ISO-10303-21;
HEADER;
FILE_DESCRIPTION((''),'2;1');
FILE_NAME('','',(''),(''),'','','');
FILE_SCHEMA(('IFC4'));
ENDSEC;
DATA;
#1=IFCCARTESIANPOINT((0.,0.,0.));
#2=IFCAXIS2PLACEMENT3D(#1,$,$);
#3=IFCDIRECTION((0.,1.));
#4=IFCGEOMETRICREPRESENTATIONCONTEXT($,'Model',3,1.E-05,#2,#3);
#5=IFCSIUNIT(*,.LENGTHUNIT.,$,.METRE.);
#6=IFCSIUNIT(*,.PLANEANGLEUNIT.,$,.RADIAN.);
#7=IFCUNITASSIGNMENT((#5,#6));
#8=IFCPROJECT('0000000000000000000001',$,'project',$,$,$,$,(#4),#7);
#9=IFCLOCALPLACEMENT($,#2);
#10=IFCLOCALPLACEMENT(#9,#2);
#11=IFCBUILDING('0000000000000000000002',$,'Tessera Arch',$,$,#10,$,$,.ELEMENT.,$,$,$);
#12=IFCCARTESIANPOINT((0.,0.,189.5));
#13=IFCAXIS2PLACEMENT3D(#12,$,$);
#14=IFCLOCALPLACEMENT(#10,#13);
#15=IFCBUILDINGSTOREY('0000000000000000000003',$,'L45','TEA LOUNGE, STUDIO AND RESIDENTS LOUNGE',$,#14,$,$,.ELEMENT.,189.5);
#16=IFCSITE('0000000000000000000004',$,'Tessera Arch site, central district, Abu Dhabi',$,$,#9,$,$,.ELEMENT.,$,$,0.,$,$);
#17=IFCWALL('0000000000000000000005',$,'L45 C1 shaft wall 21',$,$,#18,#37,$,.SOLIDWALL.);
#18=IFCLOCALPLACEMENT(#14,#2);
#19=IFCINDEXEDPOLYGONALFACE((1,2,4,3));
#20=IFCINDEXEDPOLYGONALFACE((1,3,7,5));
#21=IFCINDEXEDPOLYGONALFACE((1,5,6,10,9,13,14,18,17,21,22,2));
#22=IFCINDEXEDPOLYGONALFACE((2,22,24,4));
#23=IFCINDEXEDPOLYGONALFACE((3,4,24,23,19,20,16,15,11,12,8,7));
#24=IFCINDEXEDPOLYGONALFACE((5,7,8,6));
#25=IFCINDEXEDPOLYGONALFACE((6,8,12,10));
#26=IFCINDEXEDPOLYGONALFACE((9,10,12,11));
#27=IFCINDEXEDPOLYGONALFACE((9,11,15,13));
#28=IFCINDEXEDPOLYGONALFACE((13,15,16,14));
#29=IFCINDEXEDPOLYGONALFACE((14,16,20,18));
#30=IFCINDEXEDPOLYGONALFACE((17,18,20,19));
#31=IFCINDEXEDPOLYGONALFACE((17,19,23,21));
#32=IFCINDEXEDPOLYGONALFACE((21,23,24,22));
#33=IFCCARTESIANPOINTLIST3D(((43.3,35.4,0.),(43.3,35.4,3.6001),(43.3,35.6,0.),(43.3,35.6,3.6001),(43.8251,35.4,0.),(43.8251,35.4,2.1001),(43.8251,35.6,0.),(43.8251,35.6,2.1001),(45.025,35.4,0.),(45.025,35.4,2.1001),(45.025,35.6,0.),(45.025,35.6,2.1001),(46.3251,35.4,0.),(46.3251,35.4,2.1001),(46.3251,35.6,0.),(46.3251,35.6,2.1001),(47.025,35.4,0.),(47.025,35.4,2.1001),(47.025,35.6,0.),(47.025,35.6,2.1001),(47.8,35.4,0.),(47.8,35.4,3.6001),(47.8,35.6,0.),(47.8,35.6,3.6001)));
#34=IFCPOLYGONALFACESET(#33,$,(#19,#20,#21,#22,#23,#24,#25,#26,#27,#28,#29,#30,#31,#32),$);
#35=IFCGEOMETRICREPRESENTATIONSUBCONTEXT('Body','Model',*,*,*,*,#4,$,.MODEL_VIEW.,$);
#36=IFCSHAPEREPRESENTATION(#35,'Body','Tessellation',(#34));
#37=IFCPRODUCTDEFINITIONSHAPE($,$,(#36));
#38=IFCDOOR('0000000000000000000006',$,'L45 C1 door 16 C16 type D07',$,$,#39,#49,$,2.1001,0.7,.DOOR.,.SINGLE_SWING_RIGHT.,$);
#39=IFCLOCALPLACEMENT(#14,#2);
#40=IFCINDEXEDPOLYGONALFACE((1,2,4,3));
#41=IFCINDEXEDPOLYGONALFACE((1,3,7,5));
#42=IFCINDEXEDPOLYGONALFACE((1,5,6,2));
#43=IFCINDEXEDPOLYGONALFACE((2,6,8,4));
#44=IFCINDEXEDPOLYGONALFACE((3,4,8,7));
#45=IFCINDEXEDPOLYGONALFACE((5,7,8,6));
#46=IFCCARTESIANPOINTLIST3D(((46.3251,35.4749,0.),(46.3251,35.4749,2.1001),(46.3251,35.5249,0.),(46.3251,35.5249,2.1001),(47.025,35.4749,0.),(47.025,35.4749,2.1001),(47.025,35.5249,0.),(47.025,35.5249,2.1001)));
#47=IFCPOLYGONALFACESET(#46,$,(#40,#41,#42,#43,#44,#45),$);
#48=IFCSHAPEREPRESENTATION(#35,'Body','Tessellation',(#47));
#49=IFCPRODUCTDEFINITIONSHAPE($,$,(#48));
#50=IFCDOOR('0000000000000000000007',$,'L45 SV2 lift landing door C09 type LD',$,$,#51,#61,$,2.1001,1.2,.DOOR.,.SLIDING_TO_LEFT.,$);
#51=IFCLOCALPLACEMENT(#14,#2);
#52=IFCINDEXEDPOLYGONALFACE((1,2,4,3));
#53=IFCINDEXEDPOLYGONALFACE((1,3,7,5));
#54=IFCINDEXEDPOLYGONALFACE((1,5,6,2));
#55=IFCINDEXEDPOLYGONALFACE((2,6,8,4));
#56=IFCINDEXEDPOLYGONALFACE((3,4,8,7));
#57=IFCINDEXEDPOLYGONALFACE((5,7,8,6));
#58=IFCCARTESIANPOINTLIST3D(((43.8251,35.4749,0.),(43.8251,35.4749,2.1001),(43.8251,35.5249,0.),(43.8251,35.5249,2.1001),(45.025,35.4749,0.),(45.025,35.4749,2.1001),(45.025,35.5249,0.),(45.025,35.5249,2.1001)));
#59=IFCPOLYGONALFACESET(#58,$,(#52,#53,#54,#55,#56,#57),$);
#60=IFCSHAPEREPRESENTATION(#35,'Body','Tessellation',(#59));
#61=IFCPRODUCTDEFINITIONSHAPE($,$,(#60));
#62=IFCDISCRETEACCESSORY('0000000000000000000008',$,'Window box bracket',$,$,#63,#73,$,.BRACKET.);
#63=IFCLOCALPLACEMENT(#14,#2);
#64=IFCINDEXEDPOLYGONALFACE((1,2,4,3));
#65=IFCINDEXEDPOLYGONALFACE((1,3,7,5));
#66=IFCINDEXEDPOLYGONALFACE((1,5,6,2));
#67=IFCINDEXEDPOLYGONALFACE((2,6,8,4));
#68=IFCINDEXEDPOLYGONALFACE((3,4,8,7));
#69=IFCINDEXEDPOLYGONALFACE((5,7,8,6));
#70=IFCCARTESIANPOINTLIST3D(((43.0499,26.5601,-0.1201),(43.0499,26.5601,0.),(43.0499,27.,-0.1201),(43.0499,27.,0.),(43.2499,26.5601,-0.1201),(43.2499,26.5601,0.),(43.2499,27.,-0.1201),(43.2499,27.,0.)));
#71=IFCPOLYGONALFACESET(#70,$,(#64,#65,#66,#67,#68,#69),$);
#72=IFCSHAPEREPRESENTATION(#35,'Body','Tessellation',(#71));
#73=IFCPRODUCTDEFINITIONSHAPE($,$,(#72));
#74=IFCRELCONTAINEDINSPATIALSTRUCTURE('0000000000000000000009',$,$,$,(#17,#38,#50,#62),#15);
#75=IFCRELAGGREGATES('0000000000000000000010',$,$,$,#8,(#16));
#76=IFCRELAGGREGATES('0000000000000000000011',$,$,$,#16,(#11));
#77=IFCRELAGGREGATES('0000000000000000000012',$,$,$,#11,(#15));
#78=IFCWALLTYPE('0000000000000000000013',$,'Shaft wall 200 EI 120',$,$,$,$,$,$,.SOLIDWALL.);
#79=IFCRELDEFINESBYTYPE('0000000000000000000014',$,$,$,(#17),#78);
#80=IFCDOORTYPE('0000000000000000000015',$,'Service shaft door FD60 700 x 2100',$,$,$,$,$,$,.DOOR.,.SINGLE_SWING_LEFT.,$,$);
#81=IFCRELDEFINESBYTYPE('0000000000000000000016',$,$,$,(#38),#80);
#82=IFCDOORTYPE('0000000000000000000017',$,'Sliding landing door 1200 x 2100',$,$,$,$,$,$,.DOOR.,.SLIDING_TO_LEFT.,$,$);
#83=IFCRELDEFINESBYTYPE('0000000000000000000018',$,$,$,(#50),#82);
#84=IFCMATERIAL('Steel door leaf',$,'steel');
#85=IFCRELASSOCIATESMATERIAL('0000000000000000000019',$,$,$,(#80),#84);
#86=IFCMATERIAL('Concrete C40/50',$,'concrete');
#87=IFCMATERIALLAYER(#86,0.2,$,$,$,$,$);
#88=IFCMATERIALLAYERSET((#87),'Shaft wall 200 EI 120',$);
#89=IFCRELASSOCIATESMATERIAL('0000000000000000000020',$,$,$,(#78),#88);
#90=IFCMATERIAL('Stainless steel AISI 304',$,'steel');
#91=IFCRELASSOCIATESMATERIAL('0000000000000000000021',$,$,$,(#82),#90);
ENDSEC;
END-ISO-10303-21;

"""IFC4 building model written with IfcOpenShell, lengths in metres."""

from ifc_helpers import new_model, si_unit, direction, frame, frame_2d, origin, origin_2d, place, context, subcontext, project, spatial, rectangle, extrude, material, layer, layer_set, type_object, element, fill, save


model = new_model("IFC4")

# Units and contexts
model_context = context("Model", 3, precision=1e-05, world=origin(), true_north=direction((0.0, 1.0)))
body_context = subcontext(model_context, "Body", "Model", "MODEL_VIEW")
ifc_project = project(units=[si_unit("LENGTHUNIT", "METRE"), si_unit("PLANEANGLEUNIT", "RADIAN")], contexts=[model_context])

# Site, building, storey
site_placement = place(None, origin())
site = spatial("IfcSite", under=ifc_project, at=site_placement, Name="Tessera Arch site, central district, Abu Dhabi", CompositionType="ELEMENT", RefElevation=0.0)
building_placement = place(site_placement, origin())
building = spatial("IfcBuilding", under=site, at=building_placement, Name="Tessera Arch", CompositionType="ELEMENT")
storey_placement = place(building_placement, frame((0.0, 0.0, 189.5)))
storey = spatial("IfcBuildingStorey", under=building, at=storey_placement, Name="L45", Description="TEA LOUNGE, STUDIO AND RESIDENTS LOUNGE", CompositionType="ELEMENT", Elevation=189.5)

# Shared definitions
ifc_material_1 = material(Name="Steel door leaf", Category="steel")
door_type_1 = type_object("IfcDoorType", Name="Service shaft door FD60 700 x 2100", OperationType="SINGLE_SWING_LEFT", PredefinedType="DOOR", material=ifc_material_1)

# Shared definitions
ifc_material_2 = material(Name="Concrete C40/50", Category="concrete")
ifc_layer_1 = layer(ifc_material_2, 0.2)
ifc_layer_set_1 = layer_set([ifc_layer_1], Name="Shaft wall 200 EI 120")
wall_type_1 = type_object("IfcWallType", Name="Shaft wall 200 EI 120", PredefinedType="SOLIDWALL", material=ifc_layer_set_1)

# Wall, openings, doors
wall_1_placement = place(storey_placement, frame((43.3, 35.5, 0.0), z_axis=(0.0, 0.0, 1.0), x_axis=(1.0, 0.0, 0.0)))
wall_1 = element("IfcWall", 1, at=wall_1_placement, inside=storey, type_object=wall_type_1, Name="L45 C1 shaft wall 21", PredefinedType="SOLIDWALL", context=body_context, shape_type="SweptSolid", body=[
    extrude(rectangle(XDim=4.5, YDim=0.2, at=frame_2d((2.25, 0.0))), origin(), (0.0, 0.0, 1.0), 3.6001),
])
opening_1_placement = place(wall_1_placement, frame((0.5249, 0.0, 0.0)))
opening_1 = element("IfcOpeningElement", 2, at=opening_1_placement, cuts=wall_1, PredefinedType="OPENING", context=body_context, shape_type="SweptSolid", body=[
    extrude(rectangle(XDim=1.2, YDim=2.1001, at=frame_2d((0.6001, 1.05))), frame((0.0, 0.1099, 0.0), z_axis=(0.0, -1.0, 0.0), x_axis=(1.0, 0.0, 0.0)), (0.0, 0.0, 1.0), 0.22),
])
opening_2_placement = place(wall_1_placement, frame((3.0249, 0.0, 0.0)))
opening_2 = element("IfcOpeningElement", 3, at=opening_2_placement, cuts=wall_1, PredefinedType="OPENING", context=body_context, shape_type="SweptSolid", body=[
    extrude(rectangle(XDim=0.7, YDim=2.1001, at=frame_2d((0.3501, 1.05))), frame((0.0, 0.1099, 0.0), z_axis=(0.0, -1.0, 0.0), x_axis=(1.0, 0.0, 0.0)), (0.0, 0.0, 1.0), 0.22),
])
door_1_placement = place(opening_2_placement, origin())
door_1 = element("IfcDoor", 4, at=door_1_placement, inside=storey, type_object=door_type_1, Name="L45 C1 door 16 C16 type D07", OperationType="SINGLE_SWING_RIGHT", OverallHeight=2.1001, OverallWidth=0.7, PredefinedType="DOOR", context=body_context, shape_type="SweptSolid", body=[
    extrude(rectangle(XDim=0.7, YDim=2.1001, at=frame_2d((0.3501, 1.05))), frame((0.0, 0.0249, 0.0), z_axis=(0.0, -1.0, 0.0), x_axis=(1.0, 0.0, 0.0)), (0.0, 0.0, 1.0), 0.05),
])
fill(opening_2, door_1)
ifc_material_3 = material(Name="Stainless steel AISI 304", Category="steel")
door_type_2 = type_object("IfcDoorType", Name="Sliding landing door 1200 x 2100", OperationType="SLIDING_TO_LEFT", PredefinedType="DOOR", material=ifc_material_3)
door_2_placement = place(opening_1_placement, origin())
door_2 = element("IfcDoor", 5, at=door_2_placement, inside=storey, type_object=door_type_2, Name="L45 SV2 lift landing door C09 type LD", OperationType="SLIDING_TO_LEFT", OverallHeight=2.1001, OverallWidth=1.2, PredefinedType="DOOR", context=body_context, shape_type="SweptSolid", body=[
    extrude(rectangle(XDim=1.2, YDim=2.1001, at=frame_2d((0.6001, 1.05))), frame((0.0, 0.0249, 0.0), z_axis=(0.0, -1.0, 0.0), x_axis=(1.0, 0.0, 0.0)), (0.0, 0.0, 1.0), 0.05),
])
fill(opening_1, door_2)

# Discrete accessory
discrete_accessory_placement = place(storey_placement, frame((43.1499, 26.78, -0.1201), z_axis=(0.0, 0.0, 1.0), x_axis=(0.0, -1.0, 0.0)))
element("IfcDiscreteAccessory", 6, at=discrete_accessory_placement, inside=storey, Name="Window box bracket", PredefinedType="BRACKET", context=body_context, shape_type="SweptSolid", body=[
    extrude(rectangle(XDim=0.4399, YDim=0.2, at=origin_2d()), origin(), (0.0, 0.0, 1.0), 0.1201),
])

save(model, "model.ifc")
